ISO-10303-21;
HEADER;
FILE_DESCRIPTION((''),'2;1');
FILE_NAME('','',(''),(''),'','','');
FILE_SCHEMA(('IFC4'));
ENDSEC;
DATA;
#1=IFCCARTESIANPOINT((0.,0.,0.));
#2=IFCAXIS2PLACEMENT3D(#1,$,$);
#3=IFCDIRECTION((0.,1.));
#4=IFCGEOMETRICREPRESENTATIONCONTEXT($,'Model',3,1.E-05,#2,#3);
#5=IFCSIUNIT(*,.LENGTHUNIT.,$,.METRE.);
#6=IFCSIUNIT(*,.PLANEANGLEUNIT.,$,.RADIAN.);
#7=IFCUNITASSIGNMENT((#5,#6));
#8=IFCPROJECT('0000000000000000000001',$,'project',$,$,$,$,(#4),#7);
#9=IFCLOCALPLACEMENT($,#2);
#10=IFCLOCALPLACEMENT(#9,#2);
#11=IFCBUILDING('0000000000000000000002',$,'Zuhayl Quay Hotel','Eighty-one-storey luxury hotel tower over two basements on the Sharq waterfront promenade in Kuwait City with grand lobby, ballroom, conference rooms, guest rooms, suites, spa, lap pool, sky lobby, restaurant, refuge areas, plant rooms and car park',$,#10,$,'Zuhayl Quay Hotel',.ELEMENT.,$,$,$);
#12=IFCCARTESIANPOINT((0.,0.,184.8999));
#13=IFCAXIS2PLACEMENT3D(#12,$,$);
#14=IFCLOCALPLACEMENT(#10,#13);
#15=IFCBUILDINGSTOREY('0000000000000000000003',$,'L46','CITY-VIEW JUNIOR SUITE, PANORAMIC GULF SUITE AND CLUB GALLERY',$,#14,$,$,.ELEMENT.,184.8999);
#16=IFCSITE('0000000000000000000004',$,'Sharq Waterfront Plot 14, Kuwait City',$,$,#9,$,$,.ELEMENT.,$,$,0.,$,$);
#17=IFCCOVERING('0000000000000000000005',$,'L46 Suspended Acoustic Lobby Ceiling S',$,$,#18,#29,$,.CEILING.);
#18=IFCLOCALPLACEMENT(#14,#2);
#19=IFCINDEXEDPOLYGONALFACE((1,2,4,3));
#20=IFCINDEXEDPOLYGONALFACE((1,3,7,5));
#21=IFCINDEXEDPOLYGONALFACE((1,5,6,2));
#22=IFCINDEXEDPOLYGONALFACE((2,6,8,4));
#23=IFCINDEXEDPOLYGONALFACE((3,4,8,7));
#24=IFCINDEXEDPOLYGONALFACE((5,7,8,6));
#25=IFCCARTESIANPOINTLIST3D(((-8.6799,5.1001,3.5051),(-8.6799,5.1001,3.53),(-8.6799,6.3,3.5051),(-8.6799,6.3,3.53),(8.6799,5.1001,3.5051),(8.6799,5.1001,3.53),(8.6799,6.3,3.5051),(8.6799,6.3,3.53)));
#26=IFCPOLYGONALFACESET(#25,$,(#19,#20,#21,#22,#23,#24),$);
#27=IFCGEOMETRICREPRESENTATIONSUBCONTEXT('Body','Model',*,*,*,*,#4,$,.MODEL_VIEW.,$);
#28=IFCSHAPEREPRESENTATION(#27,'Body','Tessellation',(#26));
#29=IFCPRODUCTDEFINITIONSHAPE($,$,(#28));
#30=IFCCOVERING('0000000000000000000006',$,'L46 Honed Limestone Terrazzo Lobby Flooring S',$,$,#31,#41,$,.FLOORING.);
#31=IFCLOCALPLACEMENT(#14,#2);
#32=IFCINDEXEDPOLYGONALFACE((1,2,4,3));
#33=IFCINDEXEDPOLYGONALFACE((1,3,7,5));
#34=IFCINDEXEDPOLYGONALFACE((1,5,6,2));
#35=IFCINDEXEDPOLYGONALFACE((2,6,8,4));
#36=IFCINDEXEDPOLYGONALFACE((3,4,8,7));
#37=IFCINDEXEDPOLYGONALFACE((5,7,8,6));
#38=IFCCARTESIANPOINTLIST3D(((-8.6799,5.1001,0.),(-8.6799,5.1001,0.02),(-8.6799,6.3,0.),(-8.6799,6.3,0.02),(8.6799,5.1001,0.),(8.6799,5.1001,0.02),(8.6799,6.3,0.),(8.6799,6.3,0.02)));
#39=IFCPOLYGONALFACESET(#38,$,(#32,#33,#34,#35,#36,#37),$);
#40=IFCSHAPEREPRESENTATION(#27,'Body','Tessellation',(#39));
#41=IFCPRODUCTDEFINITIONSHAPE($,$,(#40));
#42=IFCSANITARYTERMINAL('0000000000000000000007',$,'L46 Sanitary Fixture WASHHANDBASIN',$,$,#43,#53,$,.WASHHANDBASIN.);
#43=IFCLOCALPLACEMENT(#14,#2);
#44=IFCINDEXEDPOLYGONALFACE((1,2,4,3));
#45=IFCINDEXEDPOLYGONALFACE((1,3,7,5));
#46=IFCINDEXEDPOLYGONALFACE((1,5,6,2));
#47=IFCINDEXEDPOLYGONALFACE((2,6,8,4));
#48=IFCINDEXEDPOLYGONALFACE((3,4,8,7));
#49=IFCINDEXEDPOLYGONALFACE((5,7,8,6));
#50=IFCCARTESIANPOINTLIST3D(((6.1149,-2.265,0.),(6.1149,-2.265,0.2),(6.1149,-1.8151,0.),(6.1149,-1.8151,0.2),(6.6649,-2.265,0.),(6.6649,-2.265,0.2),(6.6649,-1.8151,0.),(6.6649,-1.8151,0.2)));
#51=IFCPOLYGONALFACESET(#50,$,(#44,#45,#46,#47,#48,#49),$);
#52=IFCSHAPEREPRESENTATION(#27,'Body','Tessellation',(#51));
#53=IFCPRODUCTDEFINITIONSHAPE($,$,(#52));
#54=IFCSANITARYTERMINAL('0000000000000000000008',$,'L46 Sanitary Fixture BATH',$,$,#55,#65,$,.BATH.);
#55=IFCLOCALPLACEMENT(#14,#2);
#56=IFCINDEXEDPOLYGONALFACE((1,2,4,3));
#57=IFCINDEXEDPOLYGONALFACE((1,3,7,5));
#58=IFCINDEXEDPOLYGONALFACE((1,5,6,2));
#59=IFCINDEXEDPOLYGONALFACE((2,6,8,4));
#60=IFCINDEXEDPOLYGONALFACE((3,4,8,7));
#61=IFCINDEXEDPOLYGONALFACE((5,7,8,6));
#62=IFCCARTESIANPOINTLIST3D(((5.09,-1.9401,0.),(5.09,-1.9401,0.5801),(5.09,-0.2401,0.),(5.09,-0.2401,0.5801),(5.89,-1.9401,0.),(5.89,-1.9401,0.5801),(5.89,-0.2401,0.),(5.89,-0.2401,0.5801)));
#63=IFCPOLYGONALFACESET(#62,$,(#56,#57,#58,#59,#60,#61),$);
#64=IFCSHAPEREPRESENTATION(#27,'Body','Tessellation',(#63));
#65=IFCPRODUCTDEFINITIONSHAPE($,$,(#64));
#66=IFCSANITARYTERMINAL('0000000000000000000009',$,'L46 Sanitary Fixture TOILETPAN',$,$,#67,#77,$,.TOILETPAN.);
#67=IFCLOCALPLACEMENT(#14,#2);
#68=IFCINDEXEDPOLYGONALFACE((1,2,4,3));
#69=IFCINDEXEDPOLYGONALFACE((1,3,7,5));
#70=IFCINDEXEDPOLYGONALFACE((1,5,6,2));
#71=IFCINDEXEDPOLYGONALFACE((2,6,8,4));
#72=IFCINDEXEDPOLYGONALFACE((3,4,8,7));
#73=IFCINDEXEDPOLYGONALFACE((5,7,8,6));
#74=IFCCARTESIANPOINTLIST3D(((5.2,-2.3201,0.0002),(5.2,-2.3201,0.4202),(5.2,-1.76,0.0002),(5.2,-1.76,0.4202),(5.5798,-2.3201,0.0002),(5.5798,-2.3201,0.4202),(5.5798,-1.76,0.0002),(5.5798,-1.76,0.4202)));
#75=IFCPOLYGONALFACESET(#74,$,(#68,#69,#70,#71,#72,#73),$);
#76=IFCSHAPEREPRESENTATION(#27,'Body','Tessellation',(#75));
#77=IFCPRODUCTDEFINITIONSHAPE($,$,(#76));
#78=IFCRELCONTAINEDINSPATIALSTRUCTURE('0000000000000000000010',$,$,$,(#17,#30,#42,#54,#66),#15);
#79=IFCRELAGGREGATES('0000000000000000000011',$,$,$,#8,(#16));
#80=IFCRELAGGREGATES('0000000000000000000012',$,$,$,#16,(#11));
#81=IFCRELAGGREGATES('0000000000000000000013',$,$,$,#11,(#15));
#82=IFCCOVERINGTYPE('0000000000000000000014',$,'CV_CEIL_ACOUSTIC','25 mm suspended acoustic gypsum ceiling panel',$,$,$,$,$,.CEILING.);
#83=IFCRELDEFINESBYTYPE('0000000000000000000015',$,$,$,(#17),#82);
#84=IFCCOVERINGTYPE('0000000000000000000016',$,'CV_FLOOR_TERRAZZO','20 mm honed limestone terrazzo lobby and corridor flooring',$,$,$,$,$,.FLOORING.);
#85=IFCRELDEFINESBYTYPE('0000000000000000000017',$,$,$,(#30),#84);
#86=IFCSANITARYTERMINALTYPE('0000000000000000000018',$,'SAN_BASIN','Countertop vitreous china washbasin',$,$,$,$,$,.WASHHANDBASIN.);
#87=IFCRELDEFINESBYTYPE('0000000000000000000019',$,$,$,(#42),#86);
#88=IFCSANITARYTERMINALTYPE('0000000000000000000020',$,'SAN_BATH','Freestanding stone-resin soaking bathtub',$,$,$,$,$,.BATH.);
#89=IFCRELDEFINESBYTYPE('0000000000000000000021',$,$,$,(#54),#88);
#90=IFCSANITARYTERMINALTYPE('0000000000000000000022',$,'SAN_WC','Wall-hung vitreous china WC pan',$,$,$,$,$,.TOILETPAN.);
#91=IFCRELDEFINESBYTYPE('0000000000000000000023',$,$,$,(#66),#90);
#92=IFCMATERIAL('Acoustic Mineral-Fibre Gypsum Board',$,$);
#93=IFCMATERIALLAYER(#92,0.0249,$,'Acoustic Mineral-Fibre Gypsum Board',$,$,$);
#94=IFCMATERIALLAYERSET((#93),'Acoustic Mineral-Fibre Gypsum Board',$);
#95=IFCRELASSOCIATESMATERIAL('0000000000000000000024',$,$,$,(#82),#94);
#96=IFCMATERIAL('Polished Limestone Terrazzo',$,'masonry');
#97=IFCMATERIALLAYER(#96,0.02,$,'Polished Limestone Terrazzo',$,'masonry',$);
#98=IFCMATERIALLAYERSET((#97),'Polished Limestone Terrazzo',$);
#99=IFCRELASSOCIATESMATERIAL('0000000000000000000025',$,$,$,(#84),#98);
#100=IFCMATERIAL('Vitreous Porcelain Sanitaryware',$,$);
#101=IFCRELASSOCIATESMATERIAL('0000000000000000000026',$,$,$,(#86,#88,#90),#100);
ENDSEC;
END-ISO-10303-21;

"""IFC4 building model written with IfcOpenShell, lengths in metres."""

from ifc_helpers import new_model, si_unit, direction, frame, origin, origin_2d, place, context, subcontext, project, spatial, polyline, rectangle, outline, extrude, material, layer, layer_set, type_object, element, save


model = new_model("IFC4")

# Units and contexts
model_context = context("Model", 3, precision=1e-05, world=origin(), true_north=direction((0.0, 1.0)))
body_context = subcontext(model_context, "Body", "Model", "MODEL_VIEW")
ifc_project = project(units=[si_unit("LENGTHUNIT", "METRE"), si_unit("PLANEANGLEUNIT", "RADIAN")], contexts=[model_context])

# Site, building, storey
site_placement = place(None, origin())
site = spatial("IfcSite", under=ifc_project, at=site_placement, Name="Sharq Waterfront Plot 14, Kuwait City", CompositionType="ELEMENT", RefElevation=0.0)
building_placement = place(site_placement, origin())
building = spatial("IfcBuilding", under=site, at=building_placement, Name="Zuhayl Quay Hotel", Description="Eighty-one-storey luxury hotel tower over two basements on the Sharq waterfront promenade in Kuwait City with grand lobby, ballroom, conference rooms, guest rooms, suites, spa, lap pool, sky lobby, restaurant, refuge areas, plant rooms and car park", LongName="Zuhayl Quay Hotel", CompositionType="ELEMENT")
storey_placement = place(building_placement, frame((0.0, 0.0, 184.8999)))
storey = spatial("IfcBuildingStorey", under=building, at=storey_placement, Name="L46", Description="CITY-VIEW JUNIOR SUITE, PANORAMIC GULF SUITE AND CLUB GALLERY", CompositionType="ELEMENT", Elevation=184.8999)

# Coverings
ifc_material_1 = material(Name="Acoustic Mineral-Fibre Gypsum Board")
ifc_layer_1 = layer(ifc_material_1, 0.0249, Name="Acoustic Mineral-Fibre Gypsum Board")
ifc_layer_set_1 = layer_set([ifc_layer_1], Name="Acoustic Mineral-Fibre Gypsum Board")
covering_type_1 = type_object("IfcCoveringType", Name="CV_CEIL_ACOUSTIC", Description="25 mm suspended acoustic gypsum ceiling panel", PredefinedType="CEILING", material=ifc_layer_set_1)
covering_1_placement = place(storey_placement, frame((0.0, 0.0, 3.5051)))
element("IfcCovering", 1, at=covering_1_placement, inside=storey, type_object=covering_type_1, Name="L46 Suspended Acoustic Lobby Ceiling S", PredefinedType="CEILING", context=body_context, shape_type="SweptSolid", body=[
    extrude(outline(polyline([(-8.6799, 5.1001), (8.6799, 5.1001), (8.6799, 6.3), (-8.6799, 6.3), (-8.6799, 5.1001)])), origin(), (0.0, 0.0, 1.0), 0.0249),
])
ifc_material_2 = material(Name="Polished Limestone Terrazzo", Category="masonry")
ifc_layer_2 = layer(ifc_material_2, 0.02, Name="Polished Limestone Terrazzo", Category="masonry")
ifc_layer_set_2 = layer_set([ifc_layer_2], Name="Polished Limestone Terrazzo")
covering_type_2 = type_object("IfcCoveringType", Name="CV_FLOOR_TERRAZZO", Description="20 mm honed limestone terrazzo lobby and corridor flooring", PredefinedType="FLOORING", material=ifc_layer_set_2)
covering_2_placement = place(storey_placement, origin())
element("IfcCovering", 2, at=covering_2_placement, inside=storey, type_object=covering_type_2, Name="L46 Honed Limestone Terrazzo Lobby Flooring S", PredefinedType="FLOORING", context=body_context, shape_type="SweptSolid", body=[
    extrude(outline(polyline([(-8.6799, 5.1001), (8.6799, 5.1001), (8.6799, 6.3), (-8.6799, 6.3), (-8.6799, 5.1001)])), origin(), (0.0, 0.0, 1.0), 0.02),
])

# Sanitary terminals
ifc_material_3 = material(Name="Vitreous Porcelain Sanitaryware")
sanitary_terminal_type_1 = type_object("IfcSanitaryTerminalType", Name="SAN_BASIN", Description="Countertop vitreous china washbasin", PredefinedType="WASHHANDBASIN", material=ifc_material_3)
sanitary_terminal_1_placement = place(storey_placement, frame((6.3899, -2.04, 0.0), z_axis=(0.0, 0.0, 1.0), x_axis=(1.0, 0.0, 0.0)))
element("IfcSanitaryTerminal", 3, at=sanitary_terminal_1_placement, inside=storey, type_object=sanitary_terminal_type_1, Name="L46 Sanitary Fixture WASHHANDBASIN", PredefinedType="WASHHANDBASIN", context=body_context, shape_type="SweptSolid", body=[
    extrude(rectangle(XDim=0.55, YDim=0.45, at=origin_2d()), origin(), (0.0, 0.0, 1.0), 0.2),
])
sanitary_terminal_type_2 = type_object("IfcSanitaryTerminalType", Name="SAN_BATH", Description="Freestanding stone-resin soaking bathtub", PredefinedType="BATH", material=ifc_material_3)
sanitary_terminal_2_placement = place(storey_placement, frame((5.49, -1.0901, 0.0), z_axis=(0.0, 0.0, 1.0), x_axis=(1.0, 0.0, 0.0)))
element("IfcSanitaryTerminal", 4, at=sanitary_terminal_2_placement, inside=storey, type_object=sanitary_terminal_type_2, Name="L46 Sanitary Fixture BATH", PredefinedType="BATH", context=body_context, shape_type="SweptSolid", body=[
    extrude(rectangle(XDim=0.8, YDim=1.7, at=origin_2d()), origin(), (0.0, 0.0, 1.0), 0.5801),
])
sanitary_terminal_type_3 = type_object("IfcSanitaryTerminalType", Name="SAN_WC", Description="Wall-hung vitreous china WC pan", PredefinedType="TOILETPAN", material=ifc_material_3)
sanitary_terminal_3_placement = place(storey_placement, frame((5.3899, -2.04, 0.0002), z_axis=(0.0, 0.0, 1.0), x_axis=(1.0, 0.0, 0.0)))
element("IfcSanitaryTerminal", 5, at=sanitary_terminal_3_placement, inside=storey, type_object=sanitary_terminal_type_3, Name="L46 Sanitary Fixture TOILETPAN", PredefinedType="TOILETPAN", context=body_context, shape_type="SweptSolid", body=[
    extrude(rectangle(XDim=0.3799, YDim=0.5601, at=origin_2d()), origin(), (0.0, 0.0, 1.0), 0.4199),
])

save(model, "model.ifc")
